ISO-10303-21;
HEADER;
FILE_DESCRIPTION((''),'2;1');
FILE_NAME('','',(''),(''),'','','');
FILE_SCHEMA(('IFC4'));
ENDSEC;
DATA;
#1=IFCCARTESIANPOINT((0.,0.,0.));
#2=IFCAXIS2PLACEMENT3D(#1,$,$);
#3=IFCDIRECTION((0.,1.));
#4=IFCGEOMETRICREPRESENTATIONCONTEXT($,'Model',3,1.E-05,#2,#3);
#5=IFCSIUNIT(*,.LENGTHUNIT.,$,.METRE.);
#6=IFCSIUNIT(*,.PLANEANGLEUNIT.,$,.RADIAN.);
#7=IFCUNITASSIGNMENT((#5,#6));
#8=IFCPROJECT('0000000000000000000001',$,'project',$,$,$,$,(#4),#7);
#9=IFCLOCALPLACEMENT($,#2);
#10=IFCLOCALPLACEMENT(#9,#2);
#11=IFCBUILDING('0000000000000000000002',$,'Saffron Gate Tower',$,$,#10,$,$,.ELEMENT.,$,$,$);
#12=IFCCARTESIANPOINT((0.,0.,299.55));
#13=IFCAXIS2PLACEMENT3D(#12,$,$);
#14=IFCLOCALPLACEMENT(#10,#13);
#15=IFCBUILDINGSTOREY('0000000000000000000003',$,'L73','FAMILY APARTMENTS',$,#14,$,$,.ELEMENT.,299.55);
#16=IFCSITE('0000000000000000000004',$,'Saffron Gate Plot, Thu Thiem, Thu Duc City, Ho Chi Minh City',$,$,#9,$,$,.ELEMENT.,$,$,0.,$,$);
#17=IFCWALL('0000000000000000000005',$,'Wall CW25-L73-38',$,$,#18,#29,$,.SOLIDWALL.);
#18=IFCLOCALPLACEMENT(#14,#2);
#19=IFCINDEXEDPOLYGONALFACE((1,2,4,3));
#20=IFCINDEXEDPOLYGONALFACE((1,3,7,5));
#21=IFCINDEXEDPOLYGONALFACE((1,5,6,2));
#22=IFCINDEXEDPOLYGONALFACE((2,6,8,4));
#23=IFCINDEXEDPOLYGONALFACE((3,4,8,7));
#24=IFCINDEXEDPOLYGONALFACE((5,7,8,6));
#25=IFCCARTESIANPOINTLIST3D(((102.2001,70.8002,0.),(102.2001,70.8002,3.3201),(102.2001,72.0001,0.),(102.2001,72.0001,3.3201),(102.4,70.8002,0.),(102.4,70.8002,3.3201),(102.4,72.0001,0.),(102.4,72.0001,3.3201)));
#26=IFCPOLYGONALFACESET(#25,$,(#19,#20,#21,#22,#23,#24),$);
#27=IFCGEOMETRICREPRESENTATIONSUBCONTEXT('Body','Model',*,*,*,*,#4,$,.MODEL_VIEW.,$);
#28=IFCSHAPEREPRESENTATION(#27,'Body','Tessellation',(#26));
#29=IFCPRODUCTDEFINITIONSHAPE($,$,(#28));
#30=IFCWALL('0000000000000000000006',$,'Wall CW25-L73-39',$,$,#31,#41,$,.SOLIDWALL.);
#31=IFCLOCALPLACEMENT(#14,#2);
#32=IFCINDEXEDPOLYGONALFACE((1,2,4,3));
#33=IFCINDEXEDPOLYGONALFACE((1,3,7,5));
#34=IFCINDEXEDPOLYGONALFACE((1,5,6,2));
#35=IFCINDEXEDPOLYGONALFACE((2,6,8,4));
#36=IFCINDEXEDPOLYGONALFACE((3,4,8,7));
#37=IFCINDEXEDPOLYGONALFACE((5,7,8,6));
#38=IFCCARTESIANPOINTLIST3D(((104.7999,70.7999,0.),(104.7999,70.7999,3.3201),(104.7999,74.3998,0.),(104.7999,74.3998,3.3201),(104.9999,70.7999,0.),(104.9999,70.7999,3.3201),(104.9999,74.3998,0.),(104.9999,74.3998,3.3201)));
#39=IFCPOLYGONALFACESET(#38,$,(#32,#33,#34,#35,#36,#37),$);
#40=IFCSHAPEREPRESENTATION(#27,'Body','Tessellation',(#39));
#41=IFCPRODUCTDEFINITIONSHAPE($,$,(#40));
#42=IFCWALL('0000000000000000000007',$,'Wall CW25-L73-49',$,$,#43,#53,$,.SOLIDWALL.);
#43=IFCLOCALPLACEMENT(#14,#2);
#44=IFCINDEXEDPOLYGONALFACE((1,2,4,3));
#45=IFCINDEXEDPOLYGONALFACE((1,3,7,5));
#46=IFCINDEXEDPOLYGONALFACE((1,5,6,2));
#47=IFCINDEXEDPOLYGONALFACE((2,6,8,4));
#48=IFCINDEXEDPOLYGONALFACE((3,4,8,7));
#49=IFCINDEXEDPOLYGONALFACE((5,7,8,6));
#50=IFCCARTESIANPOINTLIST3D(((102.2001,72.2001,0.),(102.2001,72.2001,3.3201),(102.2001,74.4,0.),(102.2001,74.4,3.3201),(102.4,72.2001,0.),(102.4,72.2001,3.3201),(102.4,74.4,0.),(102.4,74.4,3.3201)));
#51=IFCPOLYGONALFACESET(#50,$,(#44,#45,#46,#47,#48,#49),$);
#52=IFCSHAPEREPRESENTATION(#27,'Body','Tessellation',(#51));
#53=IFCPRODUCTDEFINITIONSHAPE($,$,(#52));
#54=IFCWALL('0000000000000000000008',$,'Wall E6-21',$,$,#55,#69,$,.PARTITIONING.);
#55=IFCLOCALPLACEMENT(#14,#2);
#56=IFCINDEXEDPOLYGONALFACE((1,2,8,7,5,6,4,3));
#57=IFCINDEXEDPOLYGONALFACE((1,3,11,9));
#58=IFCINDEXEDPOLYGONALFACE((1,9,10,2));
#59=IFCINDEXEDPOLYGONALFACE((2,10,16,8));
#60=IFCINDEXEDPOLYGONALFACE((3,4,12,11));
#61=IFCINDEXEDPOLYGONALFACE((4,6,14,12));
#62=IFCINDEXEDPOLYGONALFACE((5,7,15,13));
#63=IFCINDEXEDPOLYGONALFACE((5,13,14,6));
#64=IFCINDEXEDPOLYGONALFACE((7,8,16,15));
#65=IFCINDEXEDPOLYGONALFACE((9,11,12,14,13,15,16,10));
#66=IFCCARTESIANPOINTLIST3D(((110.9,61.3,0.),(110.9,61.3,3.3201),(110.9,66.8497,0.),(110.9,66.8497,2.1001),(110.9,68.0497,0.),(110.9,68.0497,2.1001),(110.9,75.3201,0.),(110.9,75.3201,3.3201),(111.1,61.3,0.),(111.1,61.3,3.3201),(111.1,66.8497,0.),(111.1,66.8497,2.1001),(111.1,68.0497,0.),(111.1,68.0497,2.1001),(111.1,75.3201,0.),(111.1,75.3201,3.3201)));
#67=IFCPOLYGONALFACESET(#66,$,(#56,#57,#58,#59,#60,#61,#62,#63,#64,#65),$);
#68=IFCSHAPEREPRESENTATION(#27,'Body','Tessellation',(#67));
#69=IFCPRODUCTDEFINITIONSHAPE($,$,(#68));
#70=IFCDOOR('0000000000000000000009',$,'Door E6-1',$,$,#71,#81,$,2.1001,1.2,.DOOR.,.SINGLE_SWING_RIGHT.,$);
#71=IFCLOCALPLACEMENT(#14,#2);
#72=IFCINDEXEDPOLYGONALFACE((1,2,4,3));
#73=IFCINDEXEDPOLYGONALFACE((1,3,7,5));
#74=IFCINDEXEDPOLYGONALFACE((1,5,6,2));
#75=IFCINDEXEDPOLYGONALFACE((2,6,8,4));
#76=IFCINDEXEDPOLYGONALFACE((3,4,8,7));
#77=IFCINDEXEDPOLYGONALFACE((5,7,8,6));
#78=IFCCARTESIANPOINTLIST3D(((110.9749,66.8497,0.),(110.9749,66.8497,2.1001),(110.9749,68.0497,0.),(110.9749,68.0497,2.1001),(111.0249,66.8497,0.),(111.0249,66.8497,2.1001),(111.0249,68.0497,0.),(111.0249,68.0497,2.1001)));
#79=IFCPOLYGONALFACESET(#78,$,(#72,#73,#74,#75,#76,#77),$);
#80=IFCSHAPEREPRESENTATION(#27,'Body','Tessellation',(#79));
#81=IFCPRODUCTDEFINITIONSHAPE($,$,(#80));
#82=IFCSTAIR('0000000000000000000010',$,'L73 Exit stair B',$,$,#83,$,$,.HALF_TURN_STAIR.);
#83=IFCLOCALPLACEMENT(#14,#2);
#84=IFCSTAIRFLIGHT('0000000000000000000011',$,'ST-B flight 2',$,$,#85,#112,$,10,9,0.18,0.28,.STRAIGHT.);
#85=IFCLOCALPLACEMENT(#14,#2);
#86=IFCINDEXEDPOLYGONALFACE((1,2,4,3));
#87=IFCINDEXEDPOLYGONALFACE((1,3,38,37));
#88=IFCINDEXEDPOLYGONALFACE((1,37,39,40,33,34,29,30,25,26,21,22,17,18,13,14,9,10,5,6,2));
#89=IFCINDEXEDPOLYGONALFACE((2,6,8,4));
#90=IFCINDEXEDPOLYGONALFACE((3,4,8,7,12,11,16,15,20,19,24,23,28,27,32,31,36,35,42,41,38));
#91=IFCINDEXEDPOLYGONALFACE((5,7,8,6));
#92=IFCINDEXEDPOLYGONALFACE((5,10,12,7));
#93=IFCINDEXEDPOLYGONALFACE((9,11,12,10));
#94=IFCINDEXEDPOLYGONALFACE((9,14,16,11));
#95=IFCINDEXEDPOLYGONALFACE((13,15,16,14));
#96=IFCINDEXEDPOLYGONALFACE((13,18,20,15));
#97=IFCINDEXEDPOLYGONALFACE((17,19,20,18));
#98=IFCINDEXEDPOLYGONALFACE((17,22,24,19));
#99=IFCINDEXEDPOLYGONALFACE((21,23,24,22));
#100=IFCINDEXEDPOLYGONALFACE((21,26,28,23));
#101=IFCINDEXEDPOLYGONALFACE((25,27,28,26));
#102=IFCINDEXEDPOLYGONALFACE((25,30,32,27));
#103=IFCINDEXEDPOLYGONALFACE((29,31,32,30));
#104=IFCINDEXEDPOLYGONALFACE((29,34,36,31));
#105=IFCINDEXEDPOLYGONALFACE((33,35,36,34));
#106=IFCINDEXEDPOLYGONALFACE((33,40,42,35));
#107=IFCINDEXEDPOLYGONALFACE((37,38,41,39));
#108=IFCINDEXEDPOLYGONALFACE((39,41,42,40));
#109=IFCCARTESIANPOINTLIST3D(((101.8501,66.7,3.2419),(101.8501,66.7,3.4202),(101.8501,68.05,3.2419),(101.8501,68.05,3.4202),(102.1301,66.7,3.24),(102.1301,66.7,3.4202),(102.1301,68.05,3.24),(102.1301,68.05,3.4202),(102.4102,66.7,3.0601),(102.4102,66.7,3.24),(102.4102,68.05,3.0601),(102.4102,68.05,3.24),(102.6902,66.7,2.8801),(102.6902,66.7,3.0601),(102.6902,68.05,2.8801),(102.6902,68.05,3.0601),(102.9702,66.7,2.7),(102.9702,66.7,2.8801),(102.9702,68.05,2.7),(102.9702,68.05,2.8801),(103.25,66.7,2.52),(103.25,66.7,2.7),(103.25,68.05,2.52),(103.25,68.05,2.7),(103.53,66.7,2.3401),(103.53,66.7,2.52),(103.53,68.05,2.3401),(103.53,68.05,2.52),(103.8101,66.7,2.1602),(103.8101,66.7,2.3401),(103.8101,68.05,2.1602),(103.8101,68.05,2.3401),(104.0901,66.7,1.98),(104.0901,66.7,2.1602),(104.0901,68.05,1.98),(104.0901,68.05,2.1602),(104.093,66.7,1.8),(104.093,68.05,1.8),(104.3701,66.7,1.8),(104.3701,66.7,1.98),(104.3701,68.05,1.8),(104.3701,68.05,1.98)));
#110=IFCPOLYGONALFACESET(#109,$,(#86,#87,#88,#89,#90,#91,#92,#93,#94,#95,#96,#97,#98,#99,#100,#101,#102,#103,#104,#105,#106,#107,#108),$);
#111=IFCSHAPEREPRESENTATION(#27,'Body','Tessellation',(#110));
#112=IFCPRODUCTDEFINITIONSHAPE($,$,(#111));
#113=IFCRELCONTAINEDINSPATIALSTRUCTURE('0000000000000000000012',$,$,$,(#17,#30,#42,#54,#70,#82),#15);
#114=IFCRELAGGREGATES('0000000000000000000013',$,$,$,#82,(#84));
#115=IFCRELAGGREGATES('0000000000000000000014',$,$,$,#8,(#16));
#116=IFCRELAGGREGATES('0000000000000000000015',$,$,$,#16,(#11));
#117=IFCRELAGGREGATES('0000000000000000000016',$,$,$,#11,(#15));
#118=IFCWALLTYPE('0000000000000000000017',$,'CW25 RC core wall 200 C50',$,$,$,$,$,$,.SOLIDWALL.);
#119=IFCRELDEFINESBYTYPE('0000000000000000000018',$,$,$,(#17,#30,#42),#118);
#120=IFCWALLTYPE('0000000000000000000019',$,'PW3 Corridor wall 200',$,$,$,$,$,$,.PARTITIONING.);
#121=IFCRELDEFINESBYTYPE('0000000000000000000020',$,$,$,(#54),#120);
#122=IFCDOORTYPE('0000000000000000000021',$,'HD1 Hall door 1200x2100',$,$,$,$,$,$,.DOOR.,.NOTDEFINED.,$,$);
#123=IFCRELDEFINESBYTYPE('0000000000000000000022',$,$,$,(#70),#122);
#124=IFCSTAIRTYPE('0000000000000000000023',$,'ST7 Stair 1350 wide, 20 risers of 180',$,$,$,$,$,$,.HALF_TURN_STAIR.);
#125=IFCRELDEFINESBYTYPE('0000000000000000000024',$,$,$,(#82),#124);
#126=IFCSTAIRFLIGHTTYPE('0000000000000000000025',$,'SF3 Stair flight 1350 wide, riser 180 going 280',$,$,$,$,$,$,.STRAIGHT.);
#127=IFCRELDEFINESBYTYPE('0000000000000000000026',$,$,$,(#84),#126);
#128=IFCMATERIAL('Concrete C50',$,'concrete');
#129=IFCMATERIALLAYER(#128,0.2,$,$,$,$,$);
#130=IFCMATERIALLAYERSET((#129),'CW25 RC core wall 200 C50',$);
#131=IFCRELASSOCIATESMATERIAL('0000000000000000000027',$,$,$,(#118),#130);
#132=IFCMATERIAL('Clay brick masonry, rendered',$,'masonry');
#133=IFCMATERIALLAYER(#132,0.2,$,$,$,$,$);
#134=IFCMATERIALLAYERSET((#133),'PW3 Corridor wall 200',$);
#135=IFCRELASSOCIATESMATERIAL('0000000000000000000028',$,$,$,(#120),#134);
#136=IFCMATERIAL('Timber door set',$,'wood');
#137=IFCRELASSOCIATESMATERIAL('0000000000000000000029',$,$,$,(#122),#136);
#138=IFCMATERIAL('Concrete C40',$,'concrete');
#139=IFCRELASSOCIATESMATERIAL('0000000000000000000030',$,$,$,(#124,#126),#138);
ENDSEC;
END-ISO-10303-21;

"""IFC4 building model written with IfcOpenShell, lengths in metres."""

from ifc_helpers import new_model, si_unit, direction, frame, frame_2d, origin, place, context, subcontext, project, spatial, polyline, rectangle, outline, extrude, material, layer, layer_set, type_object, element, fill, aggregate, save


model = new_model("IFC4")

# Units and contexts
model_context = context("Model", 3, precision=1e-05, world=origin(), true_north=direction((0.0, 1.0)))
body_context = subcontext(model_context, "Body", "Model", "MODEL_VIEW")
ifc_project = project(units=[si_unit("LENGTHUNIT", "METRE"), si_unit("PLANEANGLEUNIT", "RADIAN")], contexts=[model_context])

# Site, building, storey
site_placement = place(None, origin())
site = spatial("IfcSite", under=ifc_project, at=site_placement, Name="Saffron Gate Plot, Thu Thiem, Thu Duc City, Ho Chi Minh City", CompositionType="ELEMENT", RefElevation=0.0)
building_placement = place(site_placement, origin())
building = spatial("IfcBuilding", under=site, at=building_placement, Name="Saffron Gate Tower", CompositionType="ELEMENT")
storey_placement = place(building_placement, frame((0.0, 0.0, 299.55)))
storey = spatial("IfcBuildingStorey", under=building, at=storey_placement, Name="L73", Description="FAMILY APARTMENTS", CompositionType="ELEMENT", Elevation=299.55)

# Walls
ifc_material_1 = material(Name="Concrete C50", Category="concrete")
ifc_layer_1 = layer(ifc_material_1, 0.2)
ifc_layer_set_1 = layer_set([ifc_layer_1], Name="CW25 RC core wall 200 C50")
wall_type_1 = type_object("IfcWallType", Name="CW25 RC core wall 200 C50", PredefinedType="SOLIDWALL", material=ifc_layer_set_1)
wall_1_placement = place(storey_placement, frame((102.3, 70.8, 0.0), z_axis=(0.0, 0.0, 1.0), x_axis=(0.0, 1.0, 0.0)))
element("IfcWall", 1, at=wall_1_placement, inside=storey, type_object=wall_type_1, Name="Wall CW25-L73-38", PredefinedType="SOLIDWALL", context=body_context, shape_type="SweptSolid", body=[
    extrude(rectangle(XDim=1.2, YDim=0.2, at=frame_2d((0.6001, 0.0))), origin(), (0.0, 0.0, 1.0), 3.3201),
])
wall_2_placement = place(storey_placement, frame((104.8999, 70.8, 0.0), z_axis=(0.0, 0.0, 1.0), x_axis=(0.0, 1.0, 0.0)))
element("IfcWall", 2, at=wall_2_placement, inside=storey, type_object=wall_type_1, Name="Wall CW25-L73-39", PredefinedType="SOLIDWALL", context=body_context, shape_type="SweptSolid", body=[
    extrude(rectangle(XDim=3.5999, YDim=0.2, at=frame_2d((1.7998, 0.0))), origin(), (0.0, 0.0, 1.0), 3.3201),
])
wall_3_placement = place(storey_placement, frame((102.3, 72.2, 0.0), z_axis=(0.0, 0.0, 1.0), x_axis=(0.0, 1.0, 0.0)))
element("IfcWall", 3, at=wall_3_placement, inside=storey, type_object=wall_type_1, Name="Wall CW25-L73-49", PredefinedType="SOLIDWALL", context=body_context, shape_type="SweptSolid", body=[
    extrude(rectangle(XDim=2.2, YDim=0.2, at=frame_2d((1.1001, 0.0))), origin(), (0.0, 0.0, 1.0), 3.3201),
])

# Wall, opening, door
ifc_material_2 = material(Name="Clay brick masonry, rendered", Category="masonry")
ifc_layer_2 = layer(ifc_material_2, 0.2)
ifc_layer_set_2 = layer_set([ifc_layer_2], Name="PW3 Corridor wall 200")
wall_type_2 = type_object("IfcWallType", Name="PW3 Corridor wall 200", PredefinedType="PARTITIONING", material=ifc_layer_set_2)
wall_4_placement = place(storey_placement, frame((111.0, 75.3201, 0.0), z_axis=(0.0, 0.0, 1.0), x_axis=(0.0, -1.0, 0.0)))
wall_4 = element("IfcWall", 4, at=wall_4_placement, inside=storey, type_object=wall_type_2, Name="Wall E6-21", PredefinedType="PARTITIONING", context=body_context, shape_type="SweptSolid", body=[
    extrude(rectangle(XDim=14.02, YDim=0.2, at=frame_2d((7.01, 0.0))), origin(), (0.0, 0.0, 1.0), 3.3201),
])
opening_1_placement = place(wall_4_placement, frame((7.2703, 0.0, 0.0)))
opening_1 = element("IfcOpeningElement", 5, at=opening_1_placement, cuts=wall_4, PredefinedType="OPENING", context=body_context, shape_type="SweptSolid", body=[
    extrude(rectangle(XDim=1.2, YDim=2.1001, at=frame_2d((0.6001, 1.05))), frame((0.0, 0.1099, 0.0), z_axis=(0.0, -1.0, 0.0), x_axis=(1.0, 0.0, 0.0)), (0.0, 0.0, 1.0), 0.22),
])
ifc_material_3 = material(Name="Timber door set", Category="wood")
door_type = type_object("IfcDoorType", Name="HD1 Hall door 1200x2100", OperationType="NOTDEFINED", PredefinedType="DOOR", material=ifc_material_3)
door_placement = place(opening_1_placement, origin())
door = element("IfcDoor", 6, at=door_placement, inside=storey, type_object=door_type, Name="Door E6-1", OperationType="SINGLE_SWING_RIGHT", OverallHeight=2.1001, OverallWidth=1.2, PredefinedType="DOOR", context=body_context, shape_type="SweptSolid", body=[
    extrude(rectangle(XDim=1.2, YDim=2.1001, at=frame_2d((0.6001, 1.05))), frame((0.0, 0.0249, 0.0), z_axis=(0.0, -1.0, 0.0), x_axis=(1.0, 0.0, 0.0)), (0.0, 0.0, 1.0), 0.05),
])
fill(opening_1, door)

# Stair, stair flight
ifc_material_4 = material(Name="Concrete C40", Category="concrete")
stair_type = type_object("IfcStairType", Name="ST7 Stair 1350 wide, 20 risers of 180", PredefinedType="HALF_TURN_STAIR", material=ifc_material_4)
stair_placement = place(storey_placement, origin())
stair = element("IfcStair", 7, at=stair_placement, inside=storey, type_object=stair_type, Name="L73 Exit stair B", PredefinedType="HALF_TURN_STAIR")
stair_flight_type = type_object("IfcStairFlightType", Name="SF3 Stair flight 1350 wide, riser 180 going 280", PredefinedType="STRAIGHT", material=ifc_material_4)
stair_flight_placement = place(storey_placement, frame((104.3701, 67.375, 1.8), z_axis=(0.0, 0.0, 1.0), x_axis=(-1.0, 0.0, 0.0)))
stair_flight = element("IfcStairFlight", 8, at=stair_flight_placement, type_object=stair_flight_type, Name="ST-B flight 2", NumberOfRisers=10, NumberOfTreads=9, PredefinedType="STRAIGHT", RiserHeight=0.18, TreadLength=0.28, context=body_context, shape_type="SweptSolid", body=[
    extrude(outline(polyline([(0.0, 0.0), (0.0, 0.1799), (0.28, 0.1799), (0.28, 0.3601), (0.5601, 0.3601), (0.5601, 0.54), (0.8401, 0.54), (0.8401, 0.72), (1.1201, 0.72), (1.1201, 0.8999), (1.3999, 0.8999), (1.3999, 1.0801), (1.6799, 1.0801), (1.6799, 1.26), (1.96, 1.26), (1.96, 1.4399), (2.24, 1.4399), (2.24, 1.6201), (2.52, 1.6201), (2.52, 1.8), (2.52, 1.4419), (0.2771, 0.0), (0.0, 0.0)])), frame((0.0, 0.675, 0.0), z_axis=(0.0, -1.0, 0.0), x_axis=(1.0, 0.0, 0.0)), (0.0, 0.0, 1.0), 1.3501),
])
aggregate(stair, [stair_flight])

save(model, "model.ifc")
